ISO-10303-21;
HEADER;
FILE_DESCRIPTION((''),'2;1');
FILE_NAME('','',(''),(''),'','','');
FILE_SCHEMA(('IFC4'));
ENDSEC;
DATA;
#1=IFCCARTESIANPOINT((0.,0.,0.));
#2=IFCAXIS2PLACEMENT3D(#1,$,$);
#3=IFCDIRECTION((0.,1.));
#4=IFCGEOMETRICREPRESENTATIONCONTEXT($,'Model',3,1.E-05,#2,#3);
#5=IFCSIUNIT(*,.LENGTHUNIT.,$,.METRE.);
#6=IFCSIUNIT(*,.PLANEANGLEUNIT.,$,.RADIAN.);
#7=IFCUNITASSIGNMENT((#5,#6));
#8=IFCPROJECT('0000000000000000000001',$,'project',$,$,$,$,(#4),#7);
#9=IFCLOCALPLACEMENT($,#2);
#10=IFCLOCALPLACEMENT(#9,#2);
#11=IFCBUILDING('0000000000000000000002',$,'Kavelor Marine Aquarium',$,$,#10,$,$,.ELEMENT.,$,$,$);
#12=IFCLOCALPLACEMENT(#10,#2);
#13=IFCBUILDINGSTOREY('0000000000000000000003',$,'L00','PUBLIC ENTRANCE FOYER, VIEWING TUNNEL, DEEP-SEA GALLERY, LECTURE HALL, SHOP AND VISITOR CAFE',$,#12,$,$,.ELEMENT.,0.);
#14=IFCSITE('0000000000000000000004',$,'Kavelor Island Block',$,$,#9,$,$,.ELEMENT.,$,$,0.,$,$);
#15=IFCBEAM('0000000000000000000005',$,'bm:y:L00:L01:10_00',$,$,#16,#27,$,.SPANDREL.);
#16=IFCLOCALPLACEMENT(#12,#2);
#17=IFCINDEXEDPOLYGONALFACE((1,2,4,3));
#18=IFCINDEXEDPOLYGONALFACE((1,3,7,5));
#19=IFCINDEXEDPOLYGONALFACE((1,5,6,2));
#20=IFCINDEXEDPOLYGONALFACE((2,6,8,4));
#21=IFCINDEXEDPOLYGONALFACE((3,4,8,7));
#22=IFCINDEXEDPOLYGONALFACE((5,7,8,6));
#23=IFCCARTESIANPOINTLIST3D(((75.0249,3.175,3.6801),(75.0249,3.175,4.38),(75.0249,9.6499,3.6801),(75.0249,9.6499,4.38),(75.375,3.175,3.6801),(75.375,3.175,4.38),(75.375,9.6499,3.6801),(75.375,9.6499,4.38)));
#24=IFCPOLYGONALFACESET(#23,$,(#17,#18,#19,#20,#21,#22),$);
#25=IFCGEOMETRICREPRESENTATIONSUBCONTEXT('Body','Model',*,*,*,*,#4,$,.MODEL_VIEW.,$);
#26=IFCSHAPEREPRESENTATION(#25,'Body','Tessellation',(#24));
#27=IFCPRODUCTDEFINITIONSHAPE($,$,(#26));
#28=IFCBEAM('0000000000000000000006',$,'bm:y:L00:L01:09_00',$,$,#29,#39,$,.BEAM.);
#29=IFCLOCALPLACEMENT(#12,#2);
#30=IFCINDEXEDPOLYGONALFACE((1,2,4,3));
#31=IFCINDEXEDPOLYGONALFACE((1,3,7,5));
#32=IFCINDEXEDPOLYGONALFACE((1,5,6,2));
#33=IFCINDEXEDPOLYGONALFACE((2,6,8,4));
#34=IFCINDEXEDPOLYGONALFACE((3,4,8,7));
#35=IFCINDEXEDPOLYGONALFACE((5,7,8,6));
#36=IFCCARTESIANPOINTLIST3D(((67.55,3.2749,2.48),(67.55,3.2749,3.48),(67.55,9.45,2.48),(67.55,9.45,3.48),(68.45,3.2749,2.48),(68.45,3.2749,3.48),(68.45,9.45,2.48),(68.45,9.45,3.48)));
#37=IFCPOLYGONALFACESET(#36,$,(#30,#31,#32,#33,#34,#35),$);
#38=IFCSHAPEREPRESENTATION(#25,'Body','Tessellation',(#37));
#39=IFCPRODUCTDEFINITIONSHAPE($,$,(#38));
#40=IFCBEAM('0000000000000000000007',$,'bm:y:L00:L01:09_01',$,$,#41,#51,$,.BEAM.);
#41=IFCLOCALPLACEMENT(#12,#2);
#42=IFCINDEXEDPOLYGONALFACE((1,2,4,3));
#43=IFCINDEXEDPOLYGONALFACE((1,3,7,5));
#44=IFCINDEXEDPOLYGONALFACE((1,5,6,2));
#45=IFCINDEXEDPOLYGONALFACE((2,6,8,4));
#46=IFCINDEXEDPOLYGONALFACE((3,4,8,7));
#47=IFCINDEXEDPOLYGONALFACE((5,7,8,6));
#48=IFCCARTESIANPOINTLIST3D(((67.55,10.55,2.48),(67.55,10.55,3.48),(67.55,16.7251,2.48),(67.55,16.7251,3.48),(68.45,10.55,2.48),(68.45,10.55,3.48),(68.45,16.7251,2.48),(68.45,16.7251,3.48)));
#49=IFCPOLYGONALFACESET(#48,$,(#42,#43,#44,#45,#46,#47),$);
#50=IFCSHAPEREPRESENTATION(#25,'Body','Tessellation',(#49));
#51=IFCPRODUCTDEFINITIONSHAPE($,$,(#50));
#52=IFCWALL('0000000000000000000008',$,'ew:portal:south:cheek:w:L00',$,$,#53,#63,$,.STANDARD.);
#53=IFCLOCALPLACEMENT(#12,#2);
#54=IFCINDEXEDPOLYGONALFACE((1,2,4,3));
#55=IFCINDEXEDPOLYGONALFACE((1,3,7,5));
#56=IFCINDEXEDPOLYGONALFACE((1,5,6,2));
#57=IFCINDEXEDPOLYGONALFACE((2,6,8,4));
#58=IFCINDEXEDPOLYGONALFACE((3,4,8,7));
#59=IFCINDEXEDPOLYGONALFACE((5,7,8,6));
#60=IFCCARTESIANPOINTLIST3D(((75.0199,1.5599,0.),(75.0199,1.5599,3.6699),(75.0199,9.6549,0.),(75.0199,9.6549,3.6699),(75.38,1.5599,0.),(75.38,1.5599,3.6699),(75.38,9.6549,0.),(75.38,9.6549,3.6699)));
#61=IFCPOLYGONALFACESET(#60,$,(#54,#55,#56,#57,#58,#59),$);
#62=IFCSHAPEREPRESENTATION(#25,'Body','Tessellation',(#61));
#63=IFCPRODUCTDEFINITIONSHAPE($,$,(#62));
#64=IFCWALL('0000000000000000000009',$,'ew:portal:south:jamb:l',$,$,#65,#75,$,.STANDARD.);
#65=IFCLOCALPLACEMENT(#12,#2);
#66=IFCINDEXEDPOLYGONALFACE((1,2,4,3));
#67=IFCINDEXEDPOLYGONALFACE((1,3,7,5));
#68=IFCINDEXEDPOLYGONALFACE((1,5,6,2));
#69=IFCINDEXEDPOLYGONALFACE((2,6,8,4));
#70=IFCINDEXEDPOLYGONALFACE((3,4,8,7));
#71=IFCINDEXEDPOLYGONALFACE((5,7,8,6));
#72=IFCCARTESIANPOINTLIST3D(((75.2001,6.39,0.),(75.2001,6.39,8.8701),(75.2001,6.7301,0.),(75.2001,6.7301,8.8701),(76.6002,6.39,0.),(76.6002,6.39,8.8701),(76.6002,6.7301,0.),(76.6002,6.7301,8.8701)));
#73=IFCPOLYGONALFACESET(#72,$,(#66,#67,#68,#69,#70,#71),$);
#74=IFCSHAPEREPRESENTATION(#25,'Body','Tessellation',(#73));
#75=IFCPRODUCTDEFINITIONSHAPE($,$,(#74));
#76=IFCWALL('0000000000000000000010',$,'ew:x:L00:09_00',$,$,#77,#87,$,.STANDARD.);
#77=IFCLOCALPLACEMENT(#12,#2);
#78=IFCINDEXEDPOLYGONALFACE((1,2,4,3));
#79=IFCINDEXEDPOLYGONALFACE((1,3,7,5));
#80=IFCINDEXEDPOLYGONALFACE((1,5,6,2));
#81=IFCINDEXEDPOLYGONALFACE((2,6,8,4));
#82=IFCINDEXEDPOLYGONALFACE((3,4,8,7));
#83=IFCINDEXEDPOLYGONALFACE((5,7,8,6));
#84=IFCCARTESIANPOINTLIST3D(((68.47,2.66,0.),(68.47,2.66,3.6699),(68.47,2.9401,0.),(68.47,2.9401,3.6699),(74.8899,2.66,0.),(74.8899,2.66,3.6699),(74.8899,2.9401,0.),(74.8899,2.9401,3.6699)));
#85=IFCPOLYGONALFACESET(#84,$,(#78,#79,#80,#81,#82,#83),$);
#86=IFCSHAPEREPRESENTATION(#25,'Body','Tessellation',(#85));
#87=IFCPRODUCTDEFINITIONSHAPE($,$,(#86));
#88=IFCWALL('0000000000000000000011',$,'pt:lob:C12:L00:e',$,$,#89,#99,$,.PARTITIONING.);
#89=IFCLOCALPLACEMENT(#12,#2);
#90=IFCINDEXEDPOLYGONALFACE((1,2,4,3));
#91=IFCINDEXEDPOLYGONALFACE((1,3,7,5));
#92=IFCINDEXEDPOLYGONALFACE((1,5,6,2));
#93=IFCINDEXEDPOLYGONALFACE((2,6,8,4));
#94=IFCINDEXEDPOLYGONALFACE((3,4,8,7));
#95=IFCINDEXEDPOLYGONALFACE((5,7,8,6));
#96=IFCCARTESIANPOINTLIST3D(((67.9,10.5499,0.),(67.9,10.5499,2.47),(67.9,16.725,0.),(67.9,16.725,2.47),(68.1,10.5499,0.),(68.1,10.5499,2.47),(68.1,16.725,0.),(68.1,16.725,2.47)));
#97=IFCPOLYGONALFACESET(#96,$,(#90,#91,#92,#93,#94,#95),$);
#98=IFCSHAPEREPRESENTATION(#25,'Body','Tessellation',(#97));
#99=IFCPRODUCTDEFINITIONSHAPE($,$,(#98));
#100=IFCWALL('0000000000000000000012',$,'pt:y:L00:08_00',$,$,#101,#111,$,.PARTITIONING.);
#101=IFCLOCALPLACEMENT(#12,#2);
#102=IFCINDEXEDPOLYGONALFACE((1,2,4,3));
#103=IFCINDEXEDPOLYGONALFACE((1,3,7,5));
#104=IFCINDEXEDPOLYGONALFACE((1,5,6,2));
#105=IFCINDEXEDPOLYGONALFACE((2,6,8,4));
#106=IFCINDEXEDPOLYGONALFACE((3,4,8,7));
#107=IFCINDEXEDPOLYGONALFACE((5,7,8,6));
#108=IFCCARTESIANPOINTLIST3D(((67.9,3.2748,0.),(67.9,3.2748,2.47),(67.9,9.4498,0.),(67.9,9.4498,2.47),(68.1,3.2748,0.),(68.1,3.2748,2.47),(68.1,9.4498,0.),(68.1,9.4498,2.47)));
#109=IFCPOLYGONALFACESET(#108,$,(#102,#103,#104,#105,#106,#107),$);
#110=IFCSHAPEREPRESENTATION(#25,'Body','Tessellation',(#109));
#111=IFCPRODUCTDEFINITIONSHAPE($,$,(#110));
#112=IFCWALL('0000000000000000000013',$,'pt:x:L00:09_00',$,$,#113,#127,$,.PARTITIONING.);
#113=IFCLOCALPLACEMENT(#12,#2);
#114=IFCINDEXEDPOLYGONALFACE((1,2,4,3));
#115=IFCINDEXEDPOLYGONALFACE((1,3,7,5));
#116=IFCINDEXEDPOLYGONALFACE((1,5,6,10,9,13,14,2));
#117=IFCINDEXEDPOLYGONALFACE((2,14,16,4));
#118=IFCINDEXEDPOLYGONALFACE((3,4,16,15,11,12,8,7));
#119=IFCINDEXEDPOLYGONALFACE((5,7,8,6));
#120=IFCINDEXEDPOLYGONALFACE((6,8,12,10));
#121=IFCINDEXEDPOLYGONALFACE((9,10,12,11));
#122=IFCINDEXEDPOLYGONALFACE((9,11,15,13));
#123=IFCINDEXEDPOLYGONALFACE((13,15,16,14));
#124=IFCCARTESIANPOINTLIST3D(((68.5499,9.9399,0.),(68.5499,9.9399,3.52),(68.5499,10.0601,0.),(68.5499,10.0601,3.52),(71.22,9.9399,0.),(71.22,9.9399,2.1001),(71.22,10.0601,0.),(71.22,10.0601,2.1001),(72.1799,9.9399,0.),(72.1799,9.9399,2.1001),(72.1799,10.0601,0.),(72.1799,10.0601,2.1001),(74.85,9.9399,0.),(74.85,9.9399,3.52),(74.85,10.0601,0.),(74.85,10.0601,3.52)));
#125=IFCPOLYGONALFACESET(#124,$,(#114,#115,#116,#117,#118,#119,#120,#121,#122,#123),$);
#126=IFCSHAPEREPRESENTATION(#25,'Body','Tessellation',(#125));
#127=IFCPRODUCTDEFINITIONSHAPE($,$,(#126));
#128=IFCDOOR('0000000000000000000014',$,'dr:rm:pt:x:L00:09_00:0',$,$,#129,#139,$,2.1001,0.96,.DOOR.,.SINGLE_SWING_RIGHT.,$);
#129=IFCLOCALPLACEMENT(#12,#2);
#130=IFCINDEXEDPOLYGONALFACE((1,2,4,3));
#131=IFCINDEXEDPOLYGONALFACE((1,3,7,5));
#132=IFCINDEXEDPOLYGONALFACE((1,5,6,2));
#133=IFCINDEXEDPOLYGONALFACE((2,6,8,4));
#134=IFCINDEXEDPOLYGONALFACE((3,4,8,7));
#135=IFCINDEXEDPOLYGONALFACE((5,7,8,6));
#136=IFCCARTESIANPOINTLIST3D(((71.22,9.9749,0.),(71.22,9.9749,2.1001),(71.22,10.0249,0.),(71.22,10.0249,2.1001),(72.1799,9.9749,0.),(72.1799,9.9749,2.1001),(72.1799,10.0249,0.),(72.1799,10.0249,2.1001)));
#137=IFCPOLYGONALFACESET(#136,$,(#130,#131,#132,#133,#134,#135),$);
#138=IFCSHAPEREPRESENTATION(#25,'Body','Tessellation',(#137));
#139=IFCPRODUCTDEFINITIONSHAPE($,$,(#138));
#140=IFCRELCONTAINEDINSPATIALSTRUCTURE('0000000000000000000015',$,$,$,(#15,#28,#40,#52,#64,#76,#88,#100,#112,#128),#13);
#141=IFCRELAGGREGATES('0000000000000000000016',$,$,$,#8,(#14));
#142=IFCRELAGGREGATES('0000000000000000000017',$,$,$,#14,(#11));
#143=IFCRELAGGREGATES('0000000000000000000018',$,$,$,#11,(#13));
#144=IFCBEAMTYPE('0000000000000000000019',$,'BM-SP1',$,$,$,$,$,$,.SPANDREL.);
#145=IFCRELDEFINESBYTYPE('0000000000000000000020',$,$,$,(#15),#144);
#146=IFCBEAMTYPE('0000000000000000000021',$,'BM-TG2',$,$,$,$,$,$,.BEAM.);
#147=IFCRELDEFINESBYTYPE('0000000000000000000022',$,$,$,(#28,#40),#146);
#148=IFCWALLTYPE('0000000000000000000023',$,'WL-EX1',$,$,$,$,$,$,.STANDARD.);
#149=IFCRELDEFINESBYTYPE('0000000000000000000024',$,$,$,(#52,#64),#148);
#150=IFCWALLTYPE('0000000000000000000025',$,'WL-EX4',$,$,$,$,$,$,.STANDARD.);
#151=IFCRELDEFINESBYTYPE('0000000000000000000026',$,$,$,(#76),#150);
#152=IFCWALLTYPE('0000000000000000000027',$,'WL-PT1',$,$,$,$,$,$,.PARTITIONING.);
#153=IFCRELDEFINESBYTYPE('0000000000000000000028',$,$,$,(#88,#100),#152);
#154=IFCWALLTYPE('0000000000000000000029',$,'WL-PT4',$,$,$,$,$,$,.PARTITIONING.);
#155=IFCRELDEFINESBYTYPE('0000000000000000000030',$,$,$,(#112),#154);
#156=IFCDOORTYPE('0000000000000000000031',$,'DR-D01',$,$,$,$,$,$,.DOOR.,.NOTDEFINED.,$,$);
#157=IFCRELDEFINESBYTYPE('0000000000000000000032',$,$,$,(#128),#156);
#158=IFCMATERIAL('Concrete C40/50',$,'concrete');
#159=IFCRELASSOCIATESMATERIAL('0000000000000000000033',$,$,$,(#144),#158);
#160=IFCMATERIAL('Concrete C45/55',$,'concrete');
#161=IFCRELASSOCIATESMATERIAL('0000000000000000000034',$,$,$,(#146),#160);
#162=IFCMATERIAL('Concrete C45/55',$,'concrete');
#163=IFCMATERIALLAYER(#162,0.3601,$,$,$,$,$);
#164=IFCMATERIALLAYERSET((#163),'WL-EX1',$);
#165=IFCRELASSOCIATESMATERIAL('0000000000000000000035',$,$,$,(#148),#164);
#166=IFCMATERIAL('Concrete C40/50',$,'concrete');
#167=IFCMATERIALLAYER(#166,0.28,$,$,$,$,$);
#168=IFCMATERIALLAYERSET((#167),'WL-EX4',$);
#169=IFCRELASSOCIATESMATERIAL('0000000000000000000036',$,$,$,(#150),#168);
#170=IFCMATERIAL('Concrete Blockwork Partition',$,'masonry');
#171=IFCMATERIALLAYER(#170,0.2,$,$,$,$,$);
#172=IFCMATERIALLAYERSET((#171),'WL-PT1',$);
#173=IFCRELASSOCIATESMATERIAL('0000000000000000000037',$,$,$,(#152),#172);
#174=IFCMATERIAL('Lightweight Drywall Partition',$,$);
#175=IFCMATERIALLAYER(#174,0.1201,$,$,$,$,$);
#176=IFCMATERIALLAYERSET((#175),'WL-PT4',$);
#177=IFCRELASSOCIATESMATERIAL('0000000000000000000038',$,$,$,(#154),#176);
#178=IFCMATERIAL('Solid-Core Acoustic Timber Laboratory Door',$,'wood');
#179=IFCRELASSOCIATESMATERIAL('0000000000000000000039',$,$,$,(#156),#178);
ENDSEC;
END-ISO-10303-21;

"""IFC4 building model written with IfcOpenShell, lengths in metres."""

from ifc_helpers import new_model, si_unit, direction, frame, frame_2d, origin, origin_2d, place, context, subcontext, project, spatial, rectangle, extrude, material, layer, layer_set, material_profile, profile_set, type_object, element, fill, save


model = new_model("IFC4")

# Units and contexts
model_context = context("Model", 3, precision=1e-05, world=origin(), true_north=direction((0.0, 1.0)))
body_context = subcontext(model_context, "Body", "Model", "MODEL_VIEW")
ifc_project = project(units=[si_unit("LENGTHUNIT", "METRE"), si_unit("PLANEANGLEUNIT", "RADIAN")], contexts=[model_context])

# Site, building, storey
site_placement = place(None, origin())
site = spatial("IfcSite", under=ifc_project, at=site_placement, Name="Kavelor Island Block", CompositionType="ELEMENT", RefElevation=0.0)
building_placement = place(site_placement, origin())
building = spatial("IfcBuilding", under=site, at=building_placement, Name="Kavelor Marine Aquarium", CompositionType="ELEMENT")
storey_placement = place(building_placement, origin())
storey = spatial("IfcBuildingStorey", under=building, at=storey_placement, Name="L00", Description="PUBLIC ENTRANCE FOYER, VIEWING TUNNEL, DEEP-SEA GALLERY, LECTURE HALL, SHOP AND VISITOR CAFE", CompositionType="ELEMENT", Elevation=0.0)

# Beams
ifc_material_1 = material(Name="Concrete C40/50", Category="concrete")
ifc_material_profile_1 = material_profile(ifc_material_1, rectangle(XDim=0.3501, YDim=0.7, at=origin_2d()), Name="RC-SP 350x700")
ifc_profile_set_1 = profile_set([ifc_material_profile_1], Name="Concrete C40/50")
beam_type_1 = type_object("IfcBeamType", Name="BM-SP1", PredefinedType="SPANDREL", material=ifc_profile_set_1)
beam_1_placement = place(storey_placement, frame((75.2, 3.175, 4.03), z_axis=(0.0, 1.0, 0.0), x_axis=(-1.0, 0.0, 0.0)))
element("IfcBeam", 1, at=beam_1_placement, inside=storey, type_object=beam_type_1, Name="bm:y:L00:L01:10_00", PredefinedType="SPANDREL", context=body_context, shape_type="SweptSolid", body=[
    extrude(rectangle(XDim=0.3501, YDim=0.7, at=origin_2d()), origin(), (0.0, 0.0, 1.0), 6.4749),
])
ifc_material_2 = material(Name="Concrete C45/55", Category="concrete")
ifc_material_profile_2 = material_profile(ifc_material_2, rectangle(XDim=0.8999, YDim=1.0, at=origin_2d()), Name="RC-TG 900x1000")
ifc_profile_set_2 = profile_set([ifc_material_profile_2], Name="Concrete C45/55")
beam_type_2 = type_object("IfcBeamType", Name="BM-TG2", PredefinedType="BEAM", material=ifc_profile_set_2)
for number, where, z_axis, x_axis, name in (
    (2, (68.0, 3.2749, 2.98), (0.0, 1.0, 0.0), (-1.0, 0.0, 0.0), "bm:y:L00:L01:09_00"),
    (3, (68.0, 10.55, 2.98), (0.0, 1.0, 0.0), (-1.0, 0.0, 0.0), "bm:y:L00:L01:09_01"),
):
    element("IfcBeam", number, at=place(storey_placement, frame(where, z_axis=z_axis, x_axis=x_axis)), inside=storey, type_object=beam_type_2, Name=name, PredefinedType="BEAM", context=body_context, shape_type="SweptSolid", body=[
        extrude(rectangle(XDim=0.8999, YDim=1.0, at=origin_2d()), origin(), (0.0, 0.0, 1.0), 6.175),
    ])

# Walls
ifc_material_3 = material(Name="Concrete C45/55", Category="concrete")
ifc_layer_1 = layer(ifc_material_3, 0.3601)
ifc_layer_set_1 = layer_set([ifc_layer_1], Name="WL-EX1")
wall_type_1 = type_object("IfcWallType", Name="WL-EX1", PredefinedType="STANDARD", material=ifc_layer_set_1)
wall_1_placement = place(storey_placement, frame((75.2, 1.5601, 0.0), z_axis=(0.0, 0.0, 1.0), x_axis=(0.0, 1.0, 0.0)))
element("IfcWall", 4, at=wall_1_placement, inside=storey, type_object=wall_type_1, Name="ew:portal:south:cheek:w:L00", PredefinedType="STANDARD", context=body_context, shape_type="SweptSolid", body=[
    extrude(rectangle(XDim=8.095, YDim=0.3601, at=frame_2d((4.0474, 0.0))), origin(), (0.0, 0.0, 1.0), 3.6699),
])
wall_2_placement = place(storey_placement, frame((75.2, 6.5601, 0.0), z_axis=(0.0, 0.0, 1.0), x_axis=(1.0, 0.0, 0.0)))
element("IfcWall", 5, at=wall_2_placement, inside=storey, type_object=wall_type_1, Name="ew:portal:south:jamb:l", PredefinedType="STANDARD", context=body_context, shape_type="SweptSolid", body=[
    extrude(rectangle(XDim=1.4001, YDim=0.3401, at=frame_2d((0.7002, 0.0))), origin(), (0.0, 0.0, 1.0), 8.8701),
])

# Walls
ifc_material_4 = material(Name="Concrete C40/50", Category="concrete")
ifc_layer_2 = layer(ifc_material_4, 0.28)
ifc_layer_set_2 = layer_set([ifc_layer_2], Name="WL-EX4")
wall_type_2 = type_object("IfcWallType", Name="WL-EX4", PredefinedType="STANDARD", material=ifc_layer_set_2)
wall_3_placement = place(storey_placement, frame((74.8899, 2.8, 0.0), z_axis=(0.0, 0.0, 1.0), x_axis=(-1.0, 0.0, 0.0)))
element("IfcWall", 6, at=wall_3_placement, inside=storey, type_object=wall_type_2, Name="ew:x:L00:09_00", PredefinedType="STANDARD", context=body_context, shape_type="SweptSolid", body=[
    extrude(rectangle(XDim=6.4199, YDim=0.28, at=frame_2d((3.21, 0.0))), origin(), (0.0, 0.0, 1.0), 3.6699),
])
ifc_material_5 = material(Name="Concrete Blockwork Partition", Category="masonry")
ifc_layer_3 = layer(ifc_material_5, 0.2)
ifc_layer_set_3 = layer_set([ifc_layer_3], Name="WL-PT1")
wall_type_3 = type_object("IfcWallType", Name="WL-PT1", PredefinedType="PARTITIONING", material=ifc_layer_set_3)
for number, where, z_axis, x_axis, name in (
    (7, (68.0, 10.55, 0.0), (0.0, 0.0, 1.0), (0.0, 1.0, 0.0), "pt:lob:C12:L00:e"),
    (8, (68.0, 3.2749, 0.0), (0.0, 0.0, 1.0), (0.0, 1.0, 0.0), "pt:y:L00:08_00"),
):
    element("IfcWall", number, at=place(storey_placement, frame(where, z_axis=z_axis, x_axis=x_axis)), inside=storey, type_object=wall_type_3, Name=name, PredefinedType="PARTITIONING", context=body_context, shape_type="SweptSolid", body=[
        extrude(rectangle(XDim=6.175, YDim=0.2, at=frame_2d((3.0874, 0.0))), origin(), (0.0, 0.0, 1.0), 2.47),
    ])

# Wall, opening, door
ifc_material_6 = material(Name="Lightweight Drywall Partition")
ifc_layer_4 = layer(ifc_material_6, 0.1201)
ifc_layer_set_4 = layer_set([ifc_layer_4], Name="WL-PT4")
wall_type_4 = type_object("IfcWallType", Name="WL-PT4", PredefinedType="PARTITIONING", material=ifc_layer_set_4)
wall_4_placement = place(storey_placement, frame((68.55, 10.0, 0.0), z_axis=(0.0, 0.0, 1.0), x_axis=(1.0, 0.0, 0.0)))
wall_4 = element("IfcWall", 9, at=wall_4_placement, inside=storey, type_object=wall_type_4, Name="pt:x:L00:09_00", PredefinedType="PARTITIONING", context=body_context, shape_type="SweptSolid", body=[
    extrude(rectangle(XDim=6.3, YDim=0.1201, at=frame_2d((3.1499, 0.0))), origin(), (0.0, 0.0, 1.0), 3.52),
])
opening_1_placement = place(wall_4_placement, frame((2.6699, 0.0, 0.0)))
opening_1 = element("IfcOpeningElement", 10, at=opening_1_placement, cuts=wall_4, PredefinedType="OPENING", context=body_context, shape_type="SweptSolid", body=[
    extrude(rectangle(XDim=0.96, YDim=2.1001, at=frame_2d((0.48, 1.05))), frame((0.0, 0.0701, 0.0), z_axis=(0.0, -1.0, 0.0), x_axis=(1.0, 0.0, 0.0)), (0.0, 0.0, 1.0), 0.1401),
])
ifc_material_7 = material(Name="Solid-Core Acoustic Timber Laboratory Door", Category="wood")
door_type_1 = type_object("IfcDoorType", Name="DR-D01", OperationType="NOTDEFINED", PredefinedType="DOOR", material=ifc_material_7)
door_1_placement = place(opening_1_placement, origin())
door_1 = element("IfcDoor", 11, at=door_1_placement, inside=storey, type_object=door_type_1, Name="dr:rm:pt:x:L00:09_00:0", OperationType="SINGLE_SWING_RIGHT", OverallHeight=2.1001, OverallWidth=0.96, PredefinedType="DOOR", context=body_context, shape_type="SweptSolid", body=[
    extrude(rectangle(XDim=0.96, YDim=2.1001, at=frame_2d((0.48, 1.05))), frame((0.0, 0.0249, 0.0), z_axis=(0.0, -1.0, 0.0), x_axis=(1.0, 0.0, 0.0)), (0.0, 0.0, 1.0), 0.05),
])
fill(opening_1, door_1)

save(model, "model.ifc")
